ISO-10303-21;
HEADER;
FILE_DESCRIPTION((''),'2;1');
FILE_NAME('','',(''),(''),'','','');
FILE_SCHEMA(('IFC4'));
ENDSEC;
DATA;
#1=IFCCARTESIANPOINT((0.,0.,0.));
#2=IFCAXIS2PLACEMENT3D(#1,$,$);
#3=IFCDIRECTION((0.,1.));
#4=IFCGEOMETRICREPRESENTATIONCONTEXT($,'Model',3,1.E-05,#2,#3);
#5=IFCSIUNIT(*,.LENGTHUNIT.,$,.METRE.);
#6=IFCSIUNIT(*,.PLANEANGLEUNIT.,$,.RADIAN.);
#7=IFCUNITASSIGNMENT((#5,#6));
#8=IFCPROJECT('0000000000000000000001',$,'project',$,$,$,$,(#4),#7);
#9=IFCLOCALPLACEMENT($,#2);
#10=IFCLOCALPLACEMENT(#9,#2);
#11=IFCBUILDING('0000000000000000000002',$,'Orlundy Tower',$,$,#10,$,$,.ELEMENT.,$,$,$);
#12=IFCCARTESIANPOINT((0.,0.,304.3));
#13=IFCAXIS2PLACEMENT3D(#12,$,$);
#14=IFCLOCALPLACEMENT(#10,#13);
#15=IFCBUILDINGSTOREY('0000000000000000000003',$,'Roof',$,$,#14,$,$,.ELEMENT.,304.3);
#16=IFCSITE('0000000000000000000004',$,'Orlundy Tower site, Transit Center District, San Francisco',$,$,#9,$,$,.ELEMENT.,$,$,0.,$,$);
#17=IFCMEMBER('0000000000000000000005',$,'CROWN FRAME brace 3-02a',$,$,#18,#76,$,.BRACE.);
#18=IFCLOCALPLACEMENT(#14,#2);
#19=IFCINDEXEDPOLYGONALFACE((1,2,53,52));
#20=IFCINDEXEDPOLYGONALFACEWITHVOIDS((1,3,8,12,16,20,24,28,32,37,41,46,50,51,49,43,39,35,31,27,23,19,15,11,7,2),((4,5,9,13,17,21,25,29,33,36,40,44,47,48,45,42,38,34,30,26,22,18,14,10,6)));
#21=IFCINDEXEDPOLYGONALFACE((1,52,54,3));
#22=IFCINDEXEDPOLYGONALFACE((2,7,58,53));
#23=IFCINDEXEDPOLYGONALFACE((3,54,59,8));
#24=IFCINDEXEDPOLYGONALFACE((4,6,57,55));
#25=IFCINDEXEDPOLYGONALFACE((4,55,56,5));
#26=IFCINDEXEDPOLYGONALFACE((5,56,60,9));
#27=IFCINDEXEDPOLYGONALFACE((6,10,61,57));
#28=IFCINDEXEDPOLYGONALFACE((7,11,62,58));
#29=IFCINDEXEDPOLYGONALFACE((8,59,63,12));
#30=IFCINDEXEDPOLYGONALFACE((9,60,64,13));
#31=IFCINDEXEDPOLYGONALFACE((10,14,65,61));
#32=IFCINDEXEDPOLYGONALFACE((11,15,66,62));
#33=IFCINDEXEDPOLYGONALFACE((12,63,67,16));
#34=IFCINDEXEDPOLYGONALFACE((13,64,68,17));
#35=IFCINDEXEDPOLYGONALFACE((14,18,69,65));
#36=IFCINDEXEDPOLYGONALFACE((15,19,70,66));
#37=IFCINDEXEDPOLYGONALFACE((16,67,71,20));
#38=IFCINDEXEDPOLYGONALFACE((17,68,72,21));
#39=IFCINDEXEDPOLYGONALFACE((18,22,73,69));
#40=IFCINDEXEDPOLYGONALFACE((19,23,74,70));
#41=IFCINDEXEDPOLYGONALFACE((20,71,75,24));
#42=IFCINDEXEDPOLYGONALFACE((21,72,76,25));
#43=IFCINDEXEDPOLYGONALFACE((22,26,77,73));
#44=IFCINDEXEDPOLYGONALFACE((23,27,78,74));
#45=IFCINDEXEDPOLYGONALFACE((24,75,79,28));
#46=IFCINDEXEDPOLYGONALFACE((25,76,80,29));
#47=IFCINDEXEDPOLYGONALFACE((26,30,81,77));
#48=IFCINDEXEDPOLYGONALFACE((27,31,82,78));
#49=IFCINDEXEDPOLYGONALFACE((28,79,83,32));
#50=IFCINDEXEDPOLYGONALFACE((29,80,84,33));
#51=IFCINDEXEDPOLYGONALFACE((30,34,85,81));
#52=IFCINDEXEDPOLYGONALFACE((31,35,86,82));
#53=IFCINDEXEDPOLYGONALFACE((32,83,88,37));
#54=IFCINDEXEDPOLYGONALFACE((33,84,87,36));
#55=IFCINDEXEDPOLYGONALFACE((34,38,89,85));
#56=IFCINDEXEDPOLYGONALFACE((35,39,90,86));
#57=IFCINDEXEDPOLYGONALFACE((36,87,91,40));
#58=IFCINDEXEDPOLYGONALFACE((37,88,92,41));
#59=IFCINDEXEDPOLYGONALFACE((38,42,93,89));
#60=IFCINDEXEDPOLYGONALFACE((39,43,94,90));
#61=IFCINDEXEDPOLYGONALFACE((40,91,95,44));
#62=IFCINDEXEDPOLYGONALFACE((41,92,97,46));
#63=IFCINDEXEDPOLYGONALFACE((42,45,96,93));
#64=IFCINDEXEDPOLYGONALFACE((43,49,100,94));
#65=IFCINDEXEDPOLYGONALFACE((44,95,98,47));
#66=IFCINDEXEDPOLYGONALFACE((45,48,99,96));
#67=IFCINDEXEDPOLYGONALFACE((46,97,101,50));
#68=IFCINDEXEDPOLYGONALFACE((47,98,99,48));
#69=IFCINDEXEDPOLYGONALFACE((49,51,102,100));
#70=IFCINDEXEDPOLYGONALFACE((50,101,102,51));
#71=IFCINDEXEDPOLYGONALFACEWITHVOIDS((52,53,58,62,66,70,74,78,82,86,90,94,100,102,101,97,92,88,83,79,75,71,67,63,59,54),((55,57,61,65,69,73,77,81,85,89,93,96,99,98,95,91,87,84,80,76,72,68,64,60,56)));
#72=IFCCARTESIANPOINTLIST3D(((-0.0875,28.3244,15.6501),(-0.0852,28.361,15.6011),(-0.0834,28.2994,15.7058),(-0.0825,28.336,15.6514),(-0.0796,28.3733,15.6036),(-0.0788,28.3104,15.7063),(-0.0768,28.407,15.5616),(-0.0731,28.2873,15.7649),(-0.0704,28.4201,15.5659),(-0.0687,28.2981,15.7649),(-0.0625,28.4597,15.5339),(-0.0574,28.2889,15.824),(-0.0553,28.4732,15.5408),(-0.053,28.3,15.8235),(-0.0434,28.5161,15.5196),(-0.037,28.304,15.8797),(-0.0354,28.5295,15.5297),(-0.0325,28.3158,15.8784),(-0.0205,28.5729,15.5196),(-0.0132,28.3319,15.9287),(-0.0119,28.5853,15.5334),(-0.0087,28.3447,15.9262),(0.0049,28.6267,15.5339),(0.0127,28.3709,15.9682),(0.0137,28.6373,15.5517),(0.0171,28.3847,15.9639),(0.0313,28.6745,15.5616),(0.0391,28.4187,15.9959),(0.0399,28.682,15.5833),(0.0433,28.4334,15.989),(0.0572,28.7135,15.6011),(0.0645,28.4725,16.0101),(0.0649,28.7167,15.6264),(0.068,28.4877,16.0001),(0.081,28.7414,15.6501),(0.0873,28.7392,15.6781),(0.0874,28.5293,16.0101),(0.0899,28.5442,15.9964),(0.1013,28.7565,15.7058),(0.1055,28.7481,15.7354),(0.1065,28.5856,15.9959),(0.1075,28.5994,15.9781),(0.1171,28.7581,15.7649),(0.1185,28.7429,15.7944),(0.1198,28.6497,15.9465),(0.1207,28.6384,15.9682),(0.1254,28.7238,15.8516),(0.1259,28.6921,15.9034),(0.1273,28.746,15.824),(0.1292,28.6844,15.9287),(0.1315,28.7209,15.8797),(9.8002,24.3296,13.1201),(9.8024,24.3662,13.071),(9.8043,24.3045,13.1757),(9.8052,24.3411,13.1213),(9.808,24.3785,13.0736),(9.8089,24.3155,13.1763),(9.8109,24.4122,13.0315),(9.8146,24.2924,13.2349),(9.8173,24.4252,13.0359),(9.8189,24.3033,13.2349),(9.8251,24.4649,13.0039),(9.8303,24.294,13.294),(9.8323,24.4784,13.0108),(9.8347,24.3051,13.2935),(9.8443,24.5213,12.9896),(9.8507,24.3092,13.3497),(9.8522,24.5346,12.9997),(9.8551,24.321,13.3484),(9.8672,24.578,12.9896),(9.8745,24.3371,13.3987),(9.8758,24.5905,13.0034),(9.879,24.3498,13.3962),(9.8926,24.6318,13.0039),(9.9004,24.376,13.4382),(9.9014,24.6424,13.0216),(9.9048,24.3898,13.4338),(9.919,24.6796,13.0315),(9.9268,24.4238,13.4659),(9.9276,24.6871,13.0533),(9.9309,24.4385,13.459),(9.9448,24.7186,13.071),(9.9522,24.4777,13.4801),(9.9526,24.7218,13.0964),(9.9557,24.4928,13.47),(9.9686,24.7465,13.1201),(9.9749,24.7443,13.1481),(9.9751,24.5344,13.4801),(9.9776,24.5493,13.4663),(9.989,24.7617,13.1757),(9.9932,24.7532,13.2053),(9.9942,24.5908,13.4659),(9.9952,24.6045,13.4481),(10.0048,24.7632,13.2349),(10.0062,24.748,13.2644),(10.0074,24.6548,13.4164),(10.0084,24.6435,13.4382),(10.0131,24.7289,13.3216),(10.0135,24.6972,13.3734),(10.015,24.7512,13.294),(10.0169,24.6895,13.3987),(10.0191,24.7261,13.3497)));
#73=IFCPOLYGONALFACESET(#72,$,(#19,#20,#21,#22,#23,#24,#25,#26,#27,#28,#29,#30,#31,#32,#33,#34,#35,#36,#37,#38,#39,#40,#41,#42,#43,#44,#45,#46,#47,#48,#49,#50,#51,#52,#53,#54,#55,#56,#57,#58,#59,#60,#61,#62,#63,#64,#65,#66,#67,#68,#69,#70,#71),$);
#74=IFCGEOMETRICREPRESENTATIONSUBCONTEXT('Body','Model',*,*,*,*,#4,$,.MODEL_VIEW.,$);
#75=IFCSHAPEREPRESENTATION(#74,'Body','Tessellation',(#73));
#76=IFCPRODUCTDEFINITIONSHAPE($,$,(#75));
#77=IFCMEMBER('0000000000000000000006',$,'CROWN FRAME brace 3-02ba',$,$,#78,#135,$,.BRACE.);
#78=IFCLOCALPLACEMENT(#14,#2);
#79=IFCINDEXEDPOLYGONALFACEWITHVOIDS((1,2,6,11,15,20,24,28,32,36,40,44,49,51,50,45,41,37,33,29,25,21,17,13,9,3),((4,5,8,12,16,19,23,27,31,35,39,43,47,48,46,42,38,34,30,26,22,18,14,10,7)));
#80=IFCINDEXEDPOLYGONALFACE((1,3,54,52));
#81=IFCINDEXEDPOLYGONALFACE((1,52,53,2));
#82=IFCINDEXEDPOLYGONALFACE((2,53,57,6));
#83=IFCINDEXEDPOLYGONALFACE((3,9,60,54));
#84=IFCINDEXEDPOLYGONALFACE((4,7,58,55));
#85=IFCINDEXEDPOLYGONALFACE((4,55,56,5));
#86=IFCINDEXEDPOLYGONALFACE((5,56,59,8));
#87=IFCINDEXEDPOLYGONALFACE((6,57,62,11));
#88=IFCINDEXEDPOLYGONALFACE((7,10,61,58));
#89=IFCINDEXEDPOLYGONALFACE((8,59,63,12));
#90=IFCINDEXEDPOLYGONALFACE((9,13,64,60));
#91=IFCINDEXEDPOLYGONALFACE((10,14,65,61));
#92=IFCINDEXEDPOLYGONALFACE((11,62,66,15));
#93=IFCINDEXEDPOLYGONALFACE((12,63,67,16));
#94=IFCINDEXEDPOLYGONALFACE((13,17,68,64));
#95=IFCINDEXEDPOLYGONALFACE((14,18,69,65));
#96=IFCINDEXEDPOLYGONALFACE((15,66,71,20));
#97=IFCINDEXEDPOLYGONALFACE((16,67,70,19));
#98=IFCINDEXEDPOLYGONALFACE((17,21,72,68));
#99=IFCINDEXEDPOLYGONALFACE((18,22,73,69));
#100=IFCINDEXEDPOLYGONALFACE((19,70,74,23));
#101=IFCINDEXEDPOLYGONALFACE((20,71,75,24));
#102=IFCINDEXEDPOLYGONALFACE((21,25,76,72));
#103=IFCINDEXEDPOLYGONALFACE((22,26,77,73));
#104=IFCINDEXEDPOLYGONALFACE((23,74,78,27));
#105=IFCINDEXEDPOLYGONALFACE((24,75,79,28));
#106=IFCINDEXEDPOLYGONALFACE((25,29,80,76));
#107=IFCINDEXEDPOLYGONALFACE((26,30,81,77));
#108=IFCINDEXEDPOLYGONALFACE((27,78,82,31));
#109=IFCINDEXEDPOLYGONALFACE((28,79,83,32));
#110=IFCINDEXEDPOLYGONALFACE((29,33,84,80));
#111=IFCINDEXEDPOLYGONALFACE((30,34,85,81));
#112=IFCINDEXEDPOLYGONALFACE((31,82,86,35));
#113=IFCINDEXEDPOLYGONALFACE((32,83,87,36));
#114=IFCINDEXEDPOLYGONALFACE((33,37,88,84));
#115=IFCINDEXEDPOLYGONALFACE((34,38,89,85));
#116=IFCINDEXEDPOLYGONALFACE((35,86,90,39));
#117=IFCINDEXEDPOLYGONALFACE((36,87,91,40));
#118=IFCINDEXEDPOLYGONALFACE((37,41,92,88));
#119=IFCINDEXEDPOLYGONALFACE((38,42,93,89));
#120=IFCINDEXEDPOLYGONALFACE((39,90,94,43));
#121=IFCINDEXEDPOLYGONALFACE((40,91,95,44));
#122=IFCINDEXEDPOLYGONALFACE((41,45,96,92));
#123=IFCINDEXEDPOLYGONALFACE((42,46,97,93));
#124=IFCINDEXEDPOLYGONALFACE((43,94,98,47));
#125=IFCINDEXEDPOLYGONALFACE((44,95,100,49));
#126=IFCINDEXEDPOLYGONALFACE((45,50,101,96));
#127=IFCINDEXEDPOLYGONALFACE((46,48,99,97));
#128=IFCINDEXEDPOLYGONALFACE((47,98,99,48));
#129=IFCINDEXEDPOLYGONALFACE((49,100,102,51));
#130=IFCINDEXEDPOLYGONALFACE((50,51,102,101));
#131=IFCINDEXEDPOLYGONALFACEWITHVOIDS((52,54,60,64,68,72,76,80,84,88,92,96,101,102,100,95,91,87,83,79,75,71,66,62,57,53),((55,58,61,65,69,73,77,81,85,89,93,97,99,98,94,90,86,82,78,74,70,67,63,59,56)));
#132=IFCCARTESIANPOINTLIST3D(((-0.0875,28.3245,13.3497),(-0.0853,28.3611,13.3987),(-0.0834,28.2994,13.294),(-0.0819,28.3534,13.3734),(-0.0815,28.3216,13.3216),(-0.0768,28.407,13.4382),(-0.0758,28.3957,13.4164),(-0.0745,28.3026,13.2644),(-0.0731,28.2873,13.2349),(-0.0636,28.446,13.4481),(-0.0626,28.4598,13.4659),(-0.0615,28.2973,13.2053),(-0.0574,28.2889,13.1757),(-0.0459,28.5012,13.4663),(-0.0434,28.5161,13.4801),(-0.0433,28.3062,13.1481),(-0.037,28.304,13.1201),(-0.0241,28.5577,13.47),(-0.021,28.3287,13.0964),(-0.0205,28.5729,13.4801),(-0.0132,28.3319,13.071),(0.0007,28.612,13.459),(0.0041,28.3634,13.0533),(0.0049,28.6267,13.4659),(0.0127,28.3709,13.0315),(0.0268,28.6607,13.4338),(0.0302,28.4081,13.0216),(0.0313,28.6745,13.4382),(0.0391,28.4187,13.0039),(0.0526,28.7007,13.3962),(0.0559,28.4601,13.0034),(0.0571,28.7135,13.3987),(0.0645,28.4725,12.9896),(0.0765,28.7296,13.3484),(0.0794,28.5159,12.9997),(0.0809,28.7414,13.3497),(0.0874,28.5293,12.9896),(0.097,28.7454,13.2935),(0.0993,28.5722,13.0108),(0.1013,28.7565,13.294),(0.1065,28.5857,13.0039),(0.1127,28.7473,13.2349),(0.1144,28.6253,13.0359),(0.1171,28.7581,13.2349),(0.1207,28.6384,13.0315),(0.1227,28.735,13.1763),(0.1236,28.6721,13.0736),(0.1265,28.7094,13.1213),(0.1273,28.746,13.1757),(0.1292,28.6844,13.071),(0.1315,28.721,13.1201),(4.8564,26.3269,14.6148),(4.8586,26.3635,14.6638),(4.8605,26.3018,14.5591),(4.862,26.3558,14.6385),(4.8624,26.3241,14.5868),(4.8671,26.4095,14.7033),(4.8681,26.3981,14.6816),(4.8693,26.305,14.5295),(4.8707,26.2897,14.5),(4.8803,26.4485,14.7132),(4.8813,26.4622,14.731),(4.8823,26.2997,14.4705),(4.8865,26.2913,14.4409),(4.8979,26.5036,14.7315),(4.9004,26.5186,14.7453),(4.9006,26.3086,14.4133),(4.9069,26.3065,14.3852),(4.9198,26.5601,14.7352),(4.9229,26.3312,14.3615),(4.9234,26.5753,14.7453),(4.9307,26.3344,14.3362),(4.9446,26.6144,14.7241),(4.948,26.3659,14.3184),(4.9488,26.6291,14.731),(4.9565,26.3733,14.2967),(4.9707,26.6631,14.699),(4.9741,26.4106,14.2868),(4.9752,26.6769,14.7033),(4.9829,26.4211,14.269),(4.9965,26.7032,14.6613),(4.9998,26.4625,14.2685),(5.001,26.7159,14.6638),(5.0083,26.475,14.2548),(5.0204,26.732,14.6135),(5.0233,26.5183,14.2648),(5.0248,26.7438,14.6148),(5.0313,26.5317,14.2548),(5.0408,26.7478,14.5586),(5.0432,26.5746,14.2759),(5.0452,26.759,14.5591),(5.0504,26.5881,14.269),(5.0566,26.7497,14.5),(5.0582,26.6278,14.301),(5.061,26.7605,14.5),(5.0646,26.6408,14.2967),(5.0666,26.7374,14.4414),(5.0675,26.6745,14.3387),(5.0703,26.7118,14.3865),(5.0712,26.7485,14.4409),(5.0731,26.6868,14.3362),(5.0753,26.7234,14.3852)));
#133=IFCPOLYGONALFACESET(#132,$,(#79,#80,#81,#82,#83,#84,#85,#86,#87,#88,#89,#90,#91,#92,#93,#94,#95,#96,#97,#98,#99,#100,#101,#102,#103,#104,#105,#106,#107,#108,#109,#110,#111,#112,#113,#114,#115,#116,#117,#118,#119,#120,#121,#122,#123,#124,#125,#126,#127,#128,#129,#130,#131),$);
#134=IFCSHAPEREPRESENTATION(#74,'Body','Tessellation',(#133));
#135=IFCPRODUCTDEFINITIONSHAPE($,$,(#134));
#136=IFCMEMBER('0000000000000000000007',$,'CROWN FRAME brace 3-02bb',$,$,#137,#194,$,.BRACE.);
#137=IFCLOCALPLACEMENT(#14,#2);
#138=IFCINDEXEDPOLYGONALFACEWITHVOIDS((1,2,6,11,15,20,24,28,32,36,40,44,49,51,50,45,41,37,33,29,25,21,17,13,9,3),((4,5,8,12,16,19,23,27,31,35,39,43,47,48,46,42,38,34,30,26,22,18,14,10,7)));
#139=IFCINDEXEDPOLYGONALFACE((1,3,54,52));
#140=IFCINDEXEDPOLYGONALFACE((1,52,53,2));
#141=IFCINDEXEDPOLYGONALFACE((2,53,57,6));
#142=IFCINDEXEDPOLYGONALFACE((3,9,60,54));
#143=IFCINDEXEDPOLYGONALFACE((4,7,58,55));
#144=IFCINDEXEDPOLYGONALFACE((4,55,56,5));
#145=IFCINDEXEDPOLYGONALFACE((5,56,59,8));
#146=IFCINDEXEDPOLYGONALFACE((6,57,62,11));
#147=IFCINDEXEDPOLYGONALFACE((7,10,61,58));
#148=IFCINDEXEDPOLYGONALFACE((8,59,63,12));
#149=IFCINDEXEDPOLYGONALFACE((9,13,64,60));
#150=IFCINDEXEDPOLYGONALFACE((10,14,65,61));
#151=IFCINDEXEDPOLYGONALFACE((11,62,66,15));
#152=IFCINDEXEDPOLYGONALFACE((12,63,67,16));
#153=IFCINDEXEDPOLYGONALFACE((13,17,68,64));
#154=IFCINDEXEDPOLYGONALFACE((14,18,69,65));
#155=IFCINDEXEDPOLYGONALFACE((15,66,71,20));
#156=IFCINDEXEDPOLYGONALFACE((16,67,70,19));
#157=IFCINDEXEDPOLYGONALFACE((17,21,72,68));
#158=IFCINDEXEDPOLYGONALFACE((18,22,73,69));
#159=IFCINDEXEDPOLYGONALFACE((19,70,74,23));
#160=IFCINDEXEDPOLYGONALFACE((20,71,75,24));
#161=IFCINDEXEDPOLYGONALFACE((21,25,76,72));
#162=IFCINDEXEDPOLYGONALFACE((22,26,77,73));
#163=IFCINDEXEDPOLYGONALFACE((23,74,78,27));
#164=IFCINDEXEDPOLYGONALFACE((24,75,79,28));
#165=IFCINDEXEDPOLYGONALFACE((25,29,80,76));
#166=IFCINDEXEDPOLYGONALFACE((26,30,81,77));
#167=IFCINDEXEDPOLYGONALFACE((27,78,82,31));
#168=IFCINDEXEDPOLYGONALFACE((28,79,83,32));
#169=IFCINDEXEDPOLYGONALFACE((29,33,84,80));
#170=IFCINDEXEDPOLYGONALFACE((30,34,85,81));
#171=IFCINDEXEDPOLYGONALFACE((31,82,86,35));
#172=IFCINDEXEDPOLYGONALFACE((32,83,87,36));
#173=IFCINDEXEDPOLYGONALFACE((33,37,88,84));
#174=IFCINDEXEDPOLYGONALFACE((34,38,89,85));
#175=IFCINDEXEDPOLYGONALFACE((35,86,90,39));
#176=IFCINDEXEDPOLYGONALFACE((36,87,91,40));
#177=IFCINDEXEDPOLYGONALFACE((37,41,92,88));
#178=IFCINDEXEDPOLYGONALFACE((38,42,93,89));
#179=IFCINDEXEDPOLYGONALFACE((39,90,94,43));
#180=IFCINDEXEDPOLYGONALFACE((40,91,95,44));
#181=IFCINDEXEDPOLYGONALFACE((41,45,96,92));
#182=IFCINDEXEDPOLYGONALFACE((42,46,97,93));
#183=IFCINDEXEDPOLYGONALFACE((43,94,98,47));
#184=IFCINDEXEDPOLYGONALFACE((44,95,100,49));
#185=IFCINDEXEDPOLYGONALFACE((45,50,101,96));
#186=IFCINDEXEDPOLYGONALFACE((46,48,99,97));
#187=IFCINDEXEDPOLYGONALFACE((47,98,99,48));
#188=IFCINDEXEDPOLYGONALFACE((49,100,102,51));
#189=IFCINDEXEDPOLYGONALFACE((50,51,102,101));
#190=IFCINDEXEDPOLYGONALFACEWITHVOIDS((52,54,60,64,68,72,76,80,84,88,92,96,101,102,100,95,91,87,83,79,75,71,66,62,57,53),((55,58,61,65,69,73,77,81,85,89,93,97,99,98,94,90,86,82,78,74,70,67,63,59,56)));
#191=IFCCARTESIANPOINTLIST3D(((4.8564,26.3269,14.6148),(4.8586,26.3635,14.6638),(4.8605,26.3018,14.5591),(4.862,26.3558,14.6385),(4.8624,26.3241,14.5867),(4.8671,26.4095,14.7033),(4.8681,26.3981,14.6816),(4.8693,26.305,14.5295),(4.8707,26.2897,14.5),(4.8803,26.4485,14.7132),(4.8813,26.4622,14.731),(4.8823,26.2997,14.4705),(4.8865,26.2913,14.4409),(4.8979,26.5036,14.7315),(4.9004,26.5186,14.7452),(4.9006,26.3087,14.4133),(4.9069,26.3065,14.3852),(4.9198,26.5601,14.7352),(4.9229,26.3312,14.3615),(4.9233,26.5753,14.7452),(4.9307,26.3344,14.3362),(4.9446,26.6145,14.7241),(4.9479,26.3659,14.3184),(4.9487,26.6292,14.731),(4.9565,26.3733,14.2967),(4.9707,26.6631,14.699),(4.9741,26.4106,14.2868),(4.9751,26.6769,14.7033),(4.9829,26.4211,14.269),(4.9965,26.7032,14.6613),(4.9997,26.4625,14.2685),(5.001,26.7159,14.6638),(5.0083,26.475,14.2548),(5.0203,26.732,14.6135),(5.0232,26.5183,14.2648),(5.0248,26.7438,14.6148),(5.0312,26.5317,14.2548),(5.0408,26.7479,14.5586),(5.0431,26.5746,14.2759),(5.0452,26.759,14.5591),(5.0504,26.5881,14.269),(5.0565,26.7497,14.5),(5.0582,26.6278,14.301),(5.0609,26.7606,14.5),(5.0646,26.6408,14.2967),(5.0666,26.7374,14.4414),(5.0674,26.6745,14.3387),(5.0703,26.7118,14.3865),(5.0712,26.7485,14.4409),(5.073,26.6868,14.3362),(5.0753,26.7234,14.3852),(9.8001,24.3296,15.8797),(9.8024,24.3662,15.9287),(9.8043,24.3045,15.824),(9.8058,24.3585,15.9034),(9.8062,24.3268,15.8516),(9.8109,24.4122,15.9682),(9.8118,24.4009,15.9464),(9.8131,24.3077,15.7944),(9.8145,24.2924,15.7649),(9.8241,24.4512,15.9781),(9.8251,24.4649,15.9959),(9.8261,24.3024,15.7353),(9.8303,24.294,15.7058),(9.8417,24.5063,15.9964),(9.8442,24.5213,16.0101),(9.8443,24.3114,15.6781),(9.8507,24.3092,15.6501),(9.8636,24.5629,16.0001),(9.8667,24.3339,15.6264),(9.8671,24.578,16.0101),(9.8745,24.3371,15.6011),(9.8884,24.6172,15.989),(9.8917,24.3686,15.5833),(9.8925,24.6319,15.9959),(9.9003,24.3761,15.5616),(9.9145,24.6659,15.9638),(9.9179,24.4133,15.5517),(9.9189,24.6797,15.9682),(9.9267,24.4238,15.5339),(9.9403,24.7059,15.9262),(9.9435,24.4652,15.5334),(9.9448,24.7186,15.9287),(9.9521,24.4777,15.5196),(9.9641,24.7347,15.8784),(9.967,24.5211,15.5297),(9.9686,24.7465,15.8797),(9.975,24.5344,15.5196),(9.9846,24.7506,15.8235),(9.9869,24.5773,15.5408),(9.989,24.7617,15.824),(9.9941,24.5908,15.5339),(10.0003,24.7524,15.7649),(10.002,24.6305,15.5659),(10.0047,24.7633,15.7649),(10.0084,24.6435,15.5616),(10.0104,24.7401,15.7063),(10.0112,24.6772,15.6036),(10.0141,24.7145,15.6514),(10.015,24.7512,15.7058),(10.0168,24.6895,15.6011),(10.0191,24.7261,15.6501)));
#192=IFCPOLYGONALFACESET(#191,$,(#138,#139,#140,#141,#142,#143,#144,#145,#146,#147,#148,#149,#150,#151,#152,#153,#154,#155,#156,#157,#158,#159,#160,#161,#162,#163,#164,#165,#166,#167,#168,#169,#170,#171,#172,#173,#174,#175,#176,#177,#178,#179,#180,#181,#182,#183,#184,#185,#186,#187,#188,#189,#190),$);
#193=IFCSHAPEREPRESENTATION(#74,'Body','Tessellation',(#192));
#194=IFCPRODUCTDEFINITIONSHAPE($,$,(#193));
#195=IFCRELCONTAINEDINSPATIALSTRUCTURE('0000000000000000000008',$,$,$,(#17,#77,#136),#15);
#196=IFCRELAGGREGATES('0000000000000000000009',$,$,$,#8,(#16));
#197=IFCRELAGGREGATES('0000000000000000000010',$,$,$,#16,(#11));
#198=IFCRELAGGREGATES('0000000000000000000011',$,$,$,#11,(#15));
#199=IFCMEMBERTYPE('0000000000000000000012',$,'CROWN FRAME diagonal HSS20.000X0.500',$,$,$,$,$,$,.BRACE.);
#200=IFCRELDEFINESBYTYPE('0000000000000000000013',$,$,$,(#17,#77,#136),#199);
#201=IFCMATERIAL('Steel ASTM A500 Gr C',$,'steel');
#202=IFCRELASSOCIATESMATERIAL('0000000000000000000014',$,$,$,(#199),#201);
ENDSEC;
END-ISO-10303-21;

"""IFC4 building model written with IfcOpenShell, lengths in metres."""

from ifc_helpers import new_model, si_unit, direction, frame, origin, origin_2d, place, context, subcontext, project, spatial, hollow_circle, extrude, material, material_profile, profile_set, type_object, element, save


model = new_model("IFC4")

# Units and contexts
model_context = context("Model", 3, precision=1e-05, world=origin(), true_north=direction((0.0, 1.0)))
body_context = subcontext(model_context, "Body", "Model", "MODEL_VIEW")
ifc_project = project(units=[si_unit("LENGTHUNIT", "METRE"), si_unit("PLANEANGLEUNIT", "RADIAN")], contexts=[model_context])

# Site, building, storey
site_placement = place(None, origin())
site = spatial("IfcSite", under=ifc_project, at=site_placement, Name="Orlundy Tower site, Transit Center District, San Francisco", CompositionType="ELEMENT", RefElevation=0.0)
building_placement = place(site_placement, origin())
building = spatial("IfcBuilding", under=site, at=building_placement, Name="Orlundy Tower", CompositionType="ELEMENT")
storey_placement = place(building_placement, frame((0.0, 0.0, 304.3)))
storey = spatial("IfcBuildingStorey", under=building, at=storey_placement, Name="Roof", CompositionType="ELEMENT", Elevation=304.3)

# Members
ifc_material_1 = material(Name="Steel ASTM A500 Gr C", Category="steel")
ifc_material_profile_1 = material_profile(ifc_material_1, hollow_circle(Radius=0.2539, WallThickness=0.0117, at=origin_2d()), Name="HSS20.000X0.500")
ifc_profile_set_1 = profile_set([ifc_material_profile_1], Name="Steel ASTM A500 Gr C")
member_type_1 = type_object("IfcMemberType", Name="CROWN FRAME diagonal HSS20.000X0.500", PredefinedType="BRACE", material=ifc_profile_set_1)
member_1_placement = place(storey_placement, frame((9.9097, 24.5278, 13.2349), z_axis=(-0.902143, 0.364488, 0.230837), x_axis=(-0.374605, -0.927184, 0.0)))
element("IfcMember", 1, at=member_1_placement, inside=storey, type_object=member_type_1, Name="CROWN FRAME brace 3-02a", PredefinedType="BRACE", context=body_context, shape_type="SweptSolid", body=[
    extrude(hollow_circle(Radius=0.2539, WallThickness=0.0117, at=origin_2d()), origin(), (0.0, 0.0, 1.0), 10.9602),
])
member_2_placement = place(storey_placement, frame((0.022, 28.5227, 13.2349), z_axis=(0.902131, -0.364506, 0.230857), x_axis=(0.374625, 0.927176, 0.0)))
element("IfcMember", 2, at=member_2_placement, inside=storey, type_object=member_type_1, Name="CROWN FRAME brace 3-02ba", PredefinedType="BRACE", context=body_context, shape_type="SweptSolid", body=[
    extrude(hollow_circle(Radius=0.2539, WallThickness=0.0117, at=origin_2d()), origin(), (0.0, 0.0, 1.0), 5.4802),
])
member_3_placement = place(storey_placement, frame((4.9658, 26.5251, 14.5), z_axis=(0.902155, -0.364471, 0.230818), x_axis=(0.374586, 0.927192, 0.0)))
element("IfcMember", 3, at=member_3_placement, inside=storey, type_object=member_type_1, Name="CROWN FRAME brace 3-02bb", PredefinedType="BRACE", context=body_context, shape_type="SweptSolid", body=[
    extrude(hollow_circle(Radius=0.2539, WallThickness=0.0117, at=origin_2d()), origin(), (0.0, 0.0, 1.0), 5.48),
])

save(model, "model.ifc")
